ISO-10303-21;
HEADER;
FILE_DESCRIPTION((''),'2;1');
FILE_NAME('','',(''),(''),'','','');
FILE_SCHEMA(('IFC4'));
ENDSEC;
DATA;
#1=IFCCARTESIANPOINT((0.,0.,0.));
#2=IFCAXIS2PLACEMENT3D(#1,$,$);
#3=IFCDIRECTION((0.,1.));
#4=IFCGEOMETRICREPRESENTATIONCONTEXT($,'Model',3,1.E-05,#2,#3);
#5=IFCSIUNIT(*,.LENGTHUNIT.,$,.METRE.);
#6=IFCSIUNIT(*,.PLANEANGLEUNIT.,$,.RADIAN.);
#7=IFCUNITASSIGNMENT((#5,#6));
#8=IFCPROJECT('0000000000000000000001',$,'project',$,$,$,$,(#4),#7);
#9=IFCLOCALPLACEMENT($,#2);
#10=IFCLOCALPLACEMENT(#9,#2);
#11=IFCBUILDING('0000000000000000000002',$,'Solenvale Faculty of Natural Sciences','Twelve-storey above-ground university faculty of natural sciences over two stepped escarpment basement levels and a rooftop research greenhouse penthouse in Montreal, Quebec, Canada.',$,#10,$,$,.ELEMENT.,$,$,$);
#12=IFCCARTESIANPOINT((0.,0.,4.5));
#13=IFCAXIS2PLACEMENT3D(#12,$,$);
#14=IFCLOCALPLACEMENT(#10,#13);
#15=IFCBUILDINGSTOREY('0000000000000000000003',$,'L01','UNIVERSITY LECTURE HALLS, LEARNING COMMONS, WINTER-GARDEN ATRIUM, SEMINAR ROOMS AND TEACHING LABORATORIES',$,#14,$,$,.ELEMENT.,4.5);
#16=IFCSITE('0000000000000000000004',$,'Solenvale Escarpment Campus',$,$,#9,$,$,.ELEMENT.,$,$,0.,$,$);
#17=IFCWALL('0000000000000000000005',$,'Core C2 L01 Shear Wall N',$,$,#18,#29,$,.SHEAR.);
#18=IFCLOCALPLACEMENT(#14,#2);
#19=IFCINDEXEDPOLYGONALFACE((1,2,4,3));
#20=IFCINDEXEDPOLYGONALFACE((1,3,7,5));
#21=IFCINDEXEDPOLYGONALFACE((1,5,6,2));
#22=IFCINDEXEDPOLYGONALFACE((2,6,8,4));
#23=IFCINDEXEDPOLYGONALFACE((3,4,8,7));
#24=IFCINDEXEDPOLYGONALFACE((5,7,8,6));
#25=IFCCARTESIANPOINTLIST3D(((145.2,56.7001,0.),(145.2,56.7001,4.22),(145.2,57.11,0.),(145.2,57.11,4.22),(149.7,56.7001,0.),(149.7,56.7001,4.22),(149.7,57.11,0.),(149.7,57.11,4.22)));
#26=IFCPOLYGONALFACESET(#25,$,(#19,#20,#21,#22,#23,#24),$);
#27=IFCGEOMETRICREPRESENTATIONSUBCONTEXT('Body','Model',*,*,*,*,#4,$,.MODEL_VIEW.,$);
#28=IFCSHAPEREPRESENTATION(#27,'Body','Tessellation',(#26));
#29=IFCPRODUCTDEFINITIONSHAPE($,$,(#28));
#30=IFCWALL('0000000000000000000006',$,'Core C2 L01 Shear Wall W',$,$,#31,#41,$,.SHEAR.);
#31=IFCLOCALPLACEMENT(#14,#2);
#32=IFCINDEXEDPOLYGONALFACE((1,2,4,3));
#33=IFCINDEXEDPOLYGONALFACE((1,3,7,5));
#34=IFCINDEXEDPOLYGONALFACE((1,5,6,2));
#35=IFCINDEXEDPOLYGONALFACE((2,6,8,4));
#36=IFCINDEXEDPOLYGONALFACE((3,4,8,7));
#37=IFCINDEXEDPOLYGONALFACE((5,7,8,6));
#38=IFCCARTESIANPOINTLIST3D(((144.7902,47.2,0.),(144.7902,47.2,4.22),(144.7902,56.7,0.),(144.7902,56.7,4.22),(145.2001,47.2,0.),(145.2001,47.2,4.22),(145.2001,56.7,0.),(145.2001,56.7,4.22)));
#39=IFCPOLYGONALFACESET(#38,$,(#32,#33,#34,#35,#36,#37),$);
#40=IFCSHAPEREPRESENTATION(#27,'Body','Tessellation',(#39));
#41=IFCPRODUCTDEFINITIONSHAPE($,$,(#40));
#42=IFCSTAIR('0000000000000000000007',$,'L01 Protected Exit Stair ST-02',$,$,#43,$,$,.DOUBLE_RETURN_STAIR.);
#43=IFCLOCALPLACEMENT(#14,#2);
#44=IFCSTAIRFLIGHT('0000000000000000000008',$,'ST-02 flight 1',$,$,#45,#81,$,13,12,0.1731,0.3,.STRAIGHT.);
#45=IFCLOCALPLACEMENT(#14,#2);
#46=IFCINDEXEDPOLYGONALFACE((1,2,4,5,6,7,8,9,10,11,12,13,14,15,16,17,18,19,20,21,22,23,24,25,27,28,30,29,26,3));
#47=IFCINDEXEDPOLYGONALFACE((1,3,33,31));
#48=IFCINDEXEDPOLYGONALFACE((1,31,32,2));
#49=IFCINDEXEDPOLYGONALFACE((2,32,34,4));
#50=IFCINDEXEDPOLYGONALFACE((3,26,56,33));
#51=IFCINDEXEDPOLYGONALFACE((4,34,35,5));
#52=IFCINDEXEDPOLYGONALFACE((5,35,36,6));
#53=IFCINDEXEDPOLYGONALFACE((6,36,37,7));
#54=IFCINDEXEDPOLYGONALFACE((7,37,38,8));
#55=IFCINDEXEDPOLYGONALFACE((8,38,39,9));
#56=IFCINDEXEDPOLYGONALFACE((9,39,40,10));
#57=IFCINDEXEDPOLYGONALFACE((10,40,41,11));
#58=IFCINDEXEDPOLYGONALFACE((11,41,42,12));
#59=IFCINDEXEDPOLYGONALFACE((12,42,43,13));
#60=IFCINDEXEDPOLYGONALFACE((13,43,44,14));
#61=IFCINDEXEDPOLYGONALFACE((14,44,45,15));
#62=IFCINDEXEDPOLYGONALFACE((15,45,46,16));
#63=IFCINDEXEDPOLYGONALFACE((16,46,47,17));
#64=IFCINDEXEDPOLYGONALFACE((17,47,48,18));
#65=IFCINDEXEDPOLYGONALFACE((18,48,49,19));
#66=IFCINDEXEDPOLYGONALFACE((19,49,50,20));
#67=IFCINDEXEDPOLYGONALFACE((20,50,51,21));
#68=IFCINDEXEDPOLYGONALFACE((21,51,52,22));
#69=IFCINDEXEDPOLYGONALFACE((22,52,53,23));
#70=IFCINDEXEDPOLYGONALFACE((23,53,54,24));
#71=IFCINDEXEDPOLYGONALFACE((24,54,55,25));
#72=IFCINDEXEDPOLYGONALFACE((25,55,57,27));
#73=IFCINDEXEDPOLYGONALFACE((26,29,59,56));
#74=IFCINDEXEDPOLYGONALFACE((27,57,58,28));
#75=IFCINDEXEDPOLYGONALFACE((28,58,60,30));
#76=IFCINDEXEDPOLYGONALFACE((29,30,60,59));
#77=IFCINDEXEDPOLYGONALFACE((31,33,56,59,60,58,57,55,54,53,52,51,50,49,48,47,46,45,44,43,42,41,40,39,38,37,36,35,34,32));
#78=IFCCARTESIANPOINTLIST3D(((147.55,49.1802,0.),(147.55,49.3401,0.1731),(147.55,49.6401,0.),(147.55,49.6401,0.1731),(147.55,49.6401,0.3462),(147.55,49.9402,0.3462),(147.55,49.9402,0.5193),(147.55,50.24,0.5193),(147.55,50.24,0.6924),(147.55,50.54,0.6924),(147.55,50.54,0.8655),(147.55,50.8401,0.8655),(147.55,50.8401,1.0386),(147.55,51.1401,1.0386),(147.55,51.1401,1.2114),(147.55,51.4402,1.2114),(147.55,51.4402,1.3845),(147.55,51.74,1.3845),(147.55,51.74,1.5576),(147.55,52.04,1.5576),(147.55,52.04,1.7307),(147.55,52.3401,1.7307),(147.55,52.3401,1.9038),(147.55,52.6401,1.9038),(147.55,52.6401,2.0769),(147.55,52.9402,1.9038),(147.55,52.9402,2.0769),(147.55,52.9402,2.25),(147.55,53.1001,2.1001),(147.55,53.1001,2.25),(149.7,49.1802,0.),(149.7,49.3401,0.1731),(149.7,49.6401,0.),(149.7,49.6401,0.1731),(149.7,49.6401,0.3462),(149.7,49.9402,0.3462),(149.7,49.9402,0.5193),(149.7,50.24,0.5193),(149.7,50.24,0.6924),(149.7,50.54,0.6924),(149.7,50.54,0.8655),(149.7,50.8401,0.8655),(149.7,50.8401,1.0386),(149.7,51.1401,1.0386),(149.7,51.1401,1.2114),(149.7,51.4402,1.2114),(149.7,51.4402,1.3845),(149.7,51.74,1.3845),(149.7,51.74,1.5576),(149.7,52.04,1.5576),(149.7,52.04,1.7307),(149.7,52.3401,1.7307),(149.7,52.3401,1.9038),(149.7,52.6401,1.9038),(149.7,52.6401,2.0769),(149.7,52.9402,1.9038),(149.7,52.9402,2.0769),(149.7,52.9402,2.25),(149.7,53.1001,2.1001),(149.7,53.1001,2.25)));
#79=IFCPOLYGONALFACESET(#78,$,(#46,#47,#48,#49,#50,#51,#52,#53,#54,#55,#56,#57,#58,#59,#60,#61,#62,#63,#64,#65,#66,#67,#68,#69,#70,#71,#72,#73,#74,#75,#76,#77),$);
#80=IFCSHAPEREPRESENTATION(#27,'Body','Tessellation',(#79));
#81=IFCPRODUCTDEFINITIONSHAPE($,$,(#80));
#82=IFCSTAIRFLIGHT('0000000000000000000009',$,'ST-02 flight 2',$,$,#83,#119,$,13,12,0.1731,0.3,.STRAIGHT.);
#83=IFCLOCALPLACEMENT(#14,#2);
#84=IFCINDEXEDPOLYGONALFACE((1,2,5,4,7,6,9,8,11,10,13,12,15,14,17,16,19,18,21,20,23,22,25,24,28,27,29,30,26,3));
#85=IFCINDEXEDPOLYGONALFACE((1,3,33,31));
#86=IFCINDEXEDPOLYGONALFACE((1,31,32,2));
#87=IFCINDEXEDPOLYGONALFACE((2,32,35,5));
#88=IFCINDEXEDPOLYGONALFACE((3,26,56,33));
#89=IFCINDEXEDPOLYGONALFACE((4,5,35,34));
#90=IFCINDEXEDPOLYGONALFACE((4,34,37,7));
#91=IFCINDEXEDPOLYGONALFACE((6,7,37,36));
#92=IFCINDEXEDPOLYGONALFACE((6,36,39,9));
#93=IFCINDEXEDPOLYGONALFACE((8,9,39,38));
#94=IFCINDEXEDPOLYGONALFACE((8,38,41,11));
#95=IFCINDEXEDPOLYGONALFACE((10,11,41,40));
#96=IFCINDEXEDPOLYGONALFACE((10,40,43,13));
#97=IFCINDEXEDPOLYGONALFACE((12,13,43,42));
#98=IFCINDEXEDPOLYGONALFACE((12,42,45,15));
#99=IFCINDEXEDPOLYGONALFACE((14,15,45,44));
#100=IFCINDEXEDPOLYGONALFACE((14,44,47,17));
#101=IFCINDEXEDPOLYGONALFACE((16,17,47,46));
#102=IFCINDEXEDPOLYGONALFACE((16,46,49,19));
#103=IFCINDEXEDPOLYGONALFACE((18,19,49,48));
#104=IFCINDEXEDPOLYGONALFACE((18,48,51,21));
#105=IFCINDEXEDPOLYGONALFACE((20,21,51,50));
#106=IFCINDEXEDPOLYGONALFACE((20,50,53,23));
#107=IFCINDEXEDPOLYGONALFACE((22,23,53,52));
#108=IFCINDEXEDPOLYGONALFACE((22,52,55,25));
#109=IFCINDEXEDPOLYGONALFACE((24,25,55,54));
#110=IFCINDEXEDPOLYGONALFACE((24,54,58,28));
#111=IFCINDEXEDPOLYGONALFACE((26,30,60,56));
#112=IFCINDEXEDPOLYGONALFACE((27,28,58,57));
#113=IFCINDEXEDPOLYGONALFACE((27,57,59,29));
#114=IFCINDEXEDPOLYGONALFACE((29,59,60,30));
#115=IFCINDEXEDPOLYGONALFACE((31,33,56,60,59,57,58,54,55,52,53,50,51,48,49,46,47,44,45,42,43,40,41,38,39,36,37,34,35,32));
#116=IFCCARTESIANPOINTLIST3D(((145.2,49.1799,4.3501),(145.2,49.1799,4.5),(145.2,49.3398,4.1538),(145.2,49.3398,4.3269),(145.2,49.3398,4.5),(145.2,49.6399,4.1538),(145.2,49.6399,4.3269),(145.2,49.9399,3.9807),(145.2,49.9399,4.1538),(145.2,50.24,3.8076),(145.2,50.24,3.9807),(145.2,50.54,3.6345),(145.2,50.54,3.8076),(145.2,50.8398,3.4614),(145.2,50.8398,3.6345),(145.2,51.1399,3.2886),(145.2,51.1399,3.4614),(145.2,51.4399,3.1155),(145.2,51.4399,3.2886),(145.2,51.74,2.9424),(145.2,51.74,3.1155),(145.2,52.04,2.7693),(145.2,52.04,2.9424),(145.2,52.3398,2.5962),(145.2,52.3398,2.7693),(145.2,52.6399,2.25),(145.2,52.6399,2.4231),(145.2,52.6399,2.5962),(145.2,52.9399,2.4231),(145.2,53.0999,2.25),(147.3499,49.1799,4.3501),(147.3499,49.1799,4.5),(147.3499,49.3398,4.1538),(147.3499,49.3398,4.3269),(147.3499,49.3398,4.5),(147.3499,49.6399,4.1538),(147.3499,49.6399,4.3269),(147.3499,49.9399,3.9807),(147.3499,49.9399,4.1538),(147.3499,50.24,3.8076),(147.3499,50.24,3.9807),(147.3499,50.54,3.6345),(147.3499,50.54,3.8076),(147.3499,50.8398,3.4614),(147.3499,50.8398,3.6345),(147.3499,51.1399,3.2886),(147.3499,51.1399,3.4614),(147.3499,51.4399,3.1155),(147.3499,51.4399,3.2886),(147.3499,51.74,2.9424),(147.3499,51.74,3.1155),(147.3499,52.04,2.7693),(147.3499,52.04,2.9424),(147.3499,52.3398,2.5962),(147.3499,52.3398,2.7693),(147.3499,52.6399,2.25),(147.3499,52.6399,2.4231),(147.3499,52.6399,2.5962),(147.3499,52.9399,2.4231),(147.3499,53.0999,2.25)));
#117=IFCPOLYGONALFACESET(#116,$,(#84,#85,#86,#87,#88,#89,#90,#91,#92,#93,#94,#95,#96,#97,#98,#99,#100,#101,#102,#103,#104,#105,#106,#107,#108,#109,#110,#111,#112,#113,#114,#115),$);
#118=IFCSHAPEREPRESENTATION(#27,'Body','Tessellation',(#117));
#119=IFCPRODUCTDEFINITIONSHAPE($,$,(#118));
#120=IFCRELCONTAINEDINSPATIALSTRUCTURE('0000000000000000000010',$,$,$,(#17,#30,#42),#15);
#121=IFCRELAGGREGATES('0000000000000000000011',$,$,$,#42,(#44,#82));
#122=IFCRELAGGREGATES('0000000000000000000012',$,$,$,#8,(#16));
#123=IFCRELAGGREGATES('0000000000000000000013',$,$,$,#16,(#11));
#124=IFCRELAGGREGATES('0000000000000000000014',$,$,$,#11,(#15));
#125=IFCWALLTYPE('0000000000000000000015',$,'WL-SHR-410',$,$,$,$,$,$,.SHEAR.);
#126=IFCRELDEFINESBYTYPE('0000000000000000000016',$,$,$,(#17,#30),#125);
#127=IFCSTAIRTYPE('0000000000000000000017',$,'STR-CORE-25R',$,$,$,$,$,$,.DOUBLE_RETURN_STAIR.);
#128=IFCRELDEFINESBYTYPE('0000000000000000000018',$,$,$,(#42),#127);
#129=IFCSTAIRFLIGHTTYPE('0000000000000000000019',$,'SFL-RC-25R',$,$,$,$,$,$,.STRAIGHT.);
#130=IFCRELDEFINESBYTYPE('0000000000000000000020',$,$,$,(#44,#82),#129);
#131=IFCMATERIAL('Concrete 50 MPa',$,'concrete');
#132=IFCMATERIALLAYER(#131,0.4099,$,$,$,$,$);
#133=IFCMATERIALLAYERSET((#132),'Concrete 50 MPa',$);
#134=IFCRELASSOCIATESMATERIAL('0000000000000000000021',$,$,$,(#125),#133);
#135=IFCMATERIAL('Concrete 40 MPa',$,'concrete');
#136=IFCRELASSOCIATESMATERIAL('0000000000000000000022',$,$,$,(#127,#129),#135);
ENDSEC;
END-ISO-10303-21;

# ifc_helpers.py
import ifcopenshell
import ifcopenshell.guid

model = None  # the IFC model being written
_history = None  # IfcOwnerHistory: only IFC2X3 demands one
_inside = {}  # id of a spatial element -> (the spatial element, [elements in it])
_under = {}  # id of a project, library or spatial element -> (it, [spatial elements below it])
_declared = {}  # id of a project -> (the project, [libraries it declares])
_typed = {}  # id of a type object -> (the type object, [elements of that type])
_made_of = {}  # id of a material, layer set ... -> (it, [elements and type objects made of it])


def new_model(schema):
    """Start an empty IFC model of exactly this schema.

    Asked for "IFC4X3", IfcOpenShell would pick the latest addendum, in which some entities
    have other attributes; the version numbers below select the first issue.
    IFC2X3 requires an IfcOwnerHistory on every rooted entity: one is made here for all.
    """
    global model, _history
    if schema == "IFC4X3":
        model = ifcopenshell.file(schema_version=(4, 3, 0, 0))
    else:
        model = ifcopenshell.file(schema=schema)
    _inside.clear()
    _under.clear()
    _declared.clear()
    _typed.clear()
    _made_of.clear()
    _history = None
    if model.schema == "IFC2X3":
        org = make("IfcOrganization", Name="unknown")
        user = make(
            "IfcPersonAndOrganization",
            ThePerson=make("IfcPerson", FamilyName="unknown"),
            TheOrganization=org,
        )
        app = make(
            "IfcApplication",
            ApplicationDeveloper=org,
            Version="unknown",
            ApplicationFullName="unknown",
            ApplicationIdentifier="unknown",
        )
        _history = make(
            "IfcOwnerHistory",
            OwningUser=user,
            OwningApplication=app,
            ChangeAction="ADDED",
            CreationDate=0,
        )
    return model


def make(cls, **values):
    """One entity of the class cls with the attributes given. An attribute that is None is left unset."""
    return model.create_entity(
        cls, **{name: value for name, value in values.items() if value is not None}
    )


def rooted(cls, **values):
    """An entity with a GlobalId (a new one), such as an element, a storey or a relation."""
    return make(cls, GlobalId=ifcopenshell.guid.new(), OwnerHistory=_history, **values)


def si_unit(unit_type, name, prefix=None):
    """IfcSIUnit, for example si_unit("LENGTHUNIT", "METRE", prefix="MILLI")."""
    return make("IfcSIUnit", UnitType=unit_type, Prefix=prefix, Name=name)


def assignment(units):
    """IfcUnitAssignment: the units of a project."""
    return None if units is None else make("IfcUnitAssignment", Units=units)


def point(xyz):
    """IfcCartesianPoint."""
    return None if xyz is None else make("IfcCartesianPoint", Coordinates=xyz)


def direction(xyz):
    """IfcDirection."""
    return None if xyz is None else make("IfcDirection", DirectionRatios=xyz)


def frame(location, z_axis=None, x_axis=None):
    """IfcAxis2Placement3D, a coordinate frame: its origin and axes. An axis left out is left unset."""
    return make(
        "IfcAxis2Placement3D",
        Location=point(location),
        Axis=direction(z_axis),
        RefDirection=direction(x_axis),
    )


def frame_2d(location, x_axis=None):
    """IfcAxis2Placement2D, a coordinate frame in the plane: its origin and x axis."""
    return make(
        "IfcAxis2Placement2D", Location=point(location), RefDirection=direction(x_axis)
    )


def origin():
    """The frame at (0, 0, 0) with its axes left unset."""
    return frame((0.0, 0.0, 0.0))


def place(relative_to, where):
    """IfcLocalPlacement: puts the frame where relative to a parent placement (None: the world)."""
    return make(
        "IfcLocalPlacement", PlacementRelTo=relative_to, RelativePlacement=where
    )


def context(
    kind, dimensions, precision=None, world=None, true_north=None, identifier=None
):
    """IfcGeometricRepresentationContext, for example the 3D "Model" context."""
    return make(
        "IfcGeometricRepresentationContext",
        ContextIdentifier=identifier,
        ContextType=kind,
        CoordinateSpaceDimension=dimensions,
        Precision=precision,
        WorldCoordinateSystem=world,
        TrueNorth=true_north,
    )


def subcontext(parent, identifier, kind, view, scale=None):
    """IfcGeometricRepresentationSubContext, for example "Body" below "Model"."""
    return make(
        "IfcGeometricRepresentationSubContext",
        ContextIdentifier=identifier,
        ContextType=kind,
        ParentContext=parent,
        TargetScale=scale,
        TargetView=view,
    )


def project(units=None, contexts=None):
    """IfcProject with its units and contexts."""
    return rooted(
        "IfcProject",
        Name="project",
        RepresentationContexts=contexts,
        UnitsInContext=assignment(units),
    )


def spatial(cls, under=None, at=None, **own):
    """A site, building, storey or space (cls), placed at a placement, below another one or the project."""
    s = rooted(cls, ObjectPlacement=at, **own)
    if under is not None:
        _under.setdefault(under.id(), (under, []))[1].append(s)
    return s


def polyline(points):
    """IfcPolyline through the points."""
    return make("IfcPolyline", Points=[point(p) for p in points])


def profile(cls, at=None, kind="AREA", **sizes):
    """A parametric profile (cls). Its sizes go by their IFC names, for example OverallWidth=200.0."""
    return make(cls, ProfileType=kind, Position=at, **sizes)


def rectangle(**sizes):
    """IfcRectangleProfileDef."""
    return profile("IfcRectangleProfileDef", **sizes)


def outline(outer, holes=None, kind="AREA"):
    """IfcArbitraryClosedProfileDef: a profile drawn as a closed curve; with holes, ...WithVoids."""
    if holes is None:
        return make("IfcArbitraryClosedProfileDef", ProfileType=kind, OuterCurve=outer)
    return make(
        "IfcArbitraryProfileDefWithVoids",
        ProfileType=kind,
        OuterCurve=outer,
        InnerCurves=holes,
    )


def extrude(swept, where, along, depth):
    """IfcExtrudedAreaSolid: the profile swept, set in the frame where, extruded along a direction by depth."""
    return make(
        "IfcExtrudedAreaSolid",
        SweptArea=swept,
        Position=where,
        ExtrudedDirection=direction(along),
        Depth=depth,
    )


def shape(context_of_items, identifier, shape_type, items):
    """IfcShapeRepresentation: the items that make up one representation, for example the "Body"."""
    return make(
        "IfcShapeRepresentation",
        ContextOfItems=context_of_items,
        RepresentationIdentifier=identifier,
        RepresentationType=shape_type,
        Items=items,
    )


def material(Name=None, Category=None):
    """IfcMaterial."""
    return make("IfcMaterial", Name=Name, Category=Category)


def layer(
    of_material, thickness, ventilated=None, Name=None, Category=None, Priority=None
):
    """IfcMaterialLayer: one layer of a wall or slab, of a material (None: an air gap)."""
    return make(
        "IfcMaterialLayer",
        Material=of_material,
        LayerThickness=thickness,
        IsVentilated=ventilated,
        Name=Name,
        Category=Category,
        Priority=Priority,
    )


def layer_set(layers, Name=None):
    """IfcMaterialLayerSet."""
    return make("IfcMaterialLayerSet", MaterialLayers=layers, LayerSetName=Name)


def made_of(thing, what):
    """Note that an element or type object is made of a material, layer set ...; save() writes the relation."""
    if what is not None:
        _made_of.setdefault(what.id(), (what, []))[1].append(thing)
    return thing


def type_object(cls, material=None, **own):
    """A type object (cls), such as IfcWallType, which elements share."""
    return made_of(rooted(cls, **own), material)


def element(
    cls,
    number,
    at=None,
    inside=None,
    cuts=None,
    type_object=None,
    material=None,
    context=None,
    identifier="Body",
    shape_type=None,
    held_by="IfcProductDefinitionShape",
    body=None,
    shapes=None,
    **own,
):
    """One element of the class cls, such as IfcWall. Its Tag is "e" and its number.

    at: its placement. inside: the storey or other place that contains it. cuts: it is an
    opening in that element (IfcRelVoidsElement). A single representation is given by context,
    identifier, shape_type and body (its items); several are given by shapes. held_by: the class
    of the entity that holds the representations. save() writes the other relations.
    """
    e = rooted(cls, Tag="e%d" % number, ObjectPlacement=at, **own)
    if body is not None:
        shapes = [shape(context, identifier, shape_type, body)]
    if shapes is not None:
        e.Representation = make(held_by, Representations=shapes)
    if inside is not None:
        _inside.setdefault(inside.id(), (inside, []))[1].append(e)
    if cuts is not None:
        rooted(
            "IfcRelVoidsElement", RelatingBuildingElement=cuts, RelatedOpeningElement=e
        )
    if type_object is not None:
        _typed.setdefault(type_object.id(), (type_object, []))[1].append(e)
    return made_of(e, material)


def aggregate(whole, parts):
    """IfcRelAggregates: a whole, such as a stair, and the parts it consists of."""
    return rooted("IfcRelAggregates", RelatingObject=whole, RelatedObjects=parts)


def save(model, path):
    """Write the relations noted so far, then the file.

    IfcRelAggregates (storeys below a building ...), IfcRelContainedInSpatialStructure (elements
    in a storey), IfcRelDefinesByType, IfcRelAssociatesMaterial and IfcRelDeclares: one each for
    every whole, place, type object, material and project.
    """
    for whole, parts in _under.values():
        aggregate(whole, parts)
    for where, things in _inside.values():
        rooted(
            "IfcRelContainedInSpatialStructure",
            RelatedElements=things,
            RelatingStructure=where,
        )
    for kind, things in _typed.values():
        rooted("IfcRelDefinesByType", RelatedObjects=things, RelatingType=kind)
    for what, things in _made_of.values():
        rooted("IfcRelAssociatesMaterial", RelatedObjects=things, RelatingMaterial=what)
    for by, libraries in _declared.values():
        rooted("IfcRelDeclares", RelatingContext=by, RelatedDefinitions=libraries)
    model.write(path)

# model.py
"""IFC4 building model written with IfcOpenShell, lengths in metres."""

from ifc_helpers import new_model, si_unit, direction, frame, frame_2d, origin, place, context, subcontext, project, spatial, polyline, rectangle, outline, extrude, material, layer, layer_set, type_object, element, aggregate, save


model = new_model("IFC4")

# Units and contexts
model_context = context("Model", 3, precision=1e-05, world=origin(), true_north=direction((0.0, 1.0)))
body_context = subcontext(model_context, "Body", "Model", "MODEL_VIEW")
ifc_project = project(units=[si_unit("LENGTHUNIT", "METRE"), si_unit("PLANEANGLEUNIT", "RADIAN")], contexts=[model_context])

# Site, building, storey
site_placement = place(None, origin())
site = spatial("IfcSite", under=ifc_project, at=site_placement, Name="Solenvale Escarpment Campus", CompositionType="ELEMENT", RefElevation=0.0)
building_placement = place(site_placement, origin())
building = spatial("IfcBuilding", under=site, at=building_placement, Name="Solenvale Faculty of Natural Sciences", Description="Twelve-storey above-ground university faculty of natural sciences over two stepped escarpment basement levels and a rooftop research greenhouse penthouse in Montreal, Quebec, Canada.", CompositionType="ELEMENT")
storey_placement = place(building_placement, frame((0.0, 0.0, 4.5)))
storey = spatial("IfcBuildingStorey", under=building, at=storey_placement, Name="L01", Description="UNIVERSITY LECTURE HALLS, LEARNING COMMONS, WINTER-GARDEN ATRIUM, SEMINAR ROOMS AND TEACHING LABORATORIES", CompositionType="ELEMENT", Elevation=4.5)

# Shared definitions
ifc_material_1 = material(Name="Concrete 50 MPa", Category="concrete")

# Shared definitions
ifc_material_2 = material(Name="Concrete 40 MPa", Category="concrete")

# Walls
ifc_layer_1 = layer(ifc_material_1, 0.4099)
ifc_layer_set_1 = layer_set([ifc_layer_1], Name="Concrete 50 MPa")
wall_type_1 = type_object("IfcWallType", Name="WL-SHR-410", PredefinedType="SHEAR", material=ifc_layer_set_1)
wall_1_placement = place(storey_placement, frame((145.2, 56.905, 0.0), z_axis=(0.0, 0.0, 1.0), x_axis=(1.0, 0.0, 0.0)))
element("IfcWall", 1, at=wall_1_placement, inside=storey, type_object=wall_type_1, Name="Core C2 L01 Shear Wall N", PredefinedType="SHEAR", context=body_context, shape_type="SweptSolid", body=[
    extrude(rectangle(XDim=4.5, YDim=0.4099, at=frame_2d((2.25, 0.0))), origin(), (0.0, 0.0, 1.0), 4.22),
])
wall_2_placement = place(storey_placement, frame((144.9951, 47.2, 0.0), z_axis=(0.0, 0.0, 1.0), x_axis=(0.0, 1.0, 0.0)))
element("IfcWall", 2, at=wall_2_placement, inside=storey, type_object=wall_type_1, Name="Core C2 L01 Shear Wall W", PredefinedType="SHEAR", context=body_context, shape_type="SweptSolid", body=[
    extrude(rectangle(XDim=9.5, YDim=0.4099, at=frame_2d((4.75, 0.0))), origin(), (0.0, 0.0, 1.0), 4.22),
])

# Stair, stair flights
stair_type = type_object("IfcStairType", Name="STR-CORE-25R", PredefinedType="DOUBLE_RETURN_STAIR", material=ifc_material_2)
stair_placement = place(storey_placement, origin())
stair = element("IfcStair", 3, at=stair_placement, inside=storey, type_object=stair_type, Name="L01 Protected Exit Stair ST-02", PredefinedType="DOUBLE_RETURN_STAIR")
stair_flight_type = type_object("IfcStairFlightType", Name="SFL-RC-25R", PredefinedType="STRAIGHT", material=ifc_material_2)
stair_flight_1_placement = place(storey_placement, frame((148.625, 49.3401, 0.0), z_axis=(0.0, 0.0, 1.0), x_axis=(0.0, 1.0, 0.0)))
stair_flight_1 = element("IfcStairFlight", 4, at=stair_flight_1_placement, type_object=stair_flight_type, Name="ST-02 flight 1", NumberOfRisers=13, NumberOfTreads=12, PredefinedType="STRAIGHT", RiserHeight=0.1731, TreadLength=0.3, context=body_context, shape_type="SweptSolid", body=[
    extrude(outline(polyline([(-0.1599, 0.0), (0.0, 0.1731), (0.3, 0.1731), (0.3, 0.3462), (0.6001, 0.3462), (0.6001, 0.5193), (0.8999, 0.5193), (0.8999, 0.6924), (1.2, 0.6924), (1.2, 0.8655), (1.5, 0.8655), (1.5, 1.0386), (1.8, 1.0386), (1.8, 1.2114), (2.1001, 1.2114), (2.1001, 1.3845), (2.3999, 1.3845), (2.3999, 1.5576), (2.7, 1.5576), (2.7, 1.7307), (3.0, 1.7307), (3.0, 1.9038), (3.3, 1.9038), (3.3, 2.0769), (3.6001, 2.0769), (3.6001, 2.25), (3.76, 2.25), (3.76, 2.1001), (3.6001, 1.9038), (0.3, 0.0), (-0.1599, 0.0)])), frame((0.0, 1.075, 0.0), z_axis=(0.0, -1.0, 0.0), x_axis=(1.0, 0.0, 0.0)), (0.0, 0.0, 1.0), 2.1499),
])
stair_flight_2_placement = place(storey_placement, frame((146.2749, 52.9399, 2.25), z_axis=(0.0, 0.0, 1.0), x_axis=(0.0, -1.0, 0.0)))
stair_flight_2 = element("IfcStairFlight", 5, at=stair_flight_2_placement, type_object=stair_flight_type, Name="ST-02 flight 2", NumberOfRisers=13, NumberOfTreads=12, PredefinedType="STRAIGHT", RiserHeight=0.1731, TreadLength=0.3, context=body_context, shape_type="SweptSolid", body=[
    extrude(outline(polyline([(-0.1599, 0.0), (0.0, 0.1731), (0.3, 0.1731), (0.3, 0.3462), (0.6001, 0.3462), (0.6001, 0.5193), (0.8999, 0.5193), (0.8999, 0.6924), (1.2, 0.6924), (1.2, 0.8655), (1.5, 0.8655), (1.5, 1.0386), (1.8, 1.0386), (1.8, 1.2114), (2.1001, 1.2114), (2.1001, 1.3845), (2.3999, 1.3845), (2.3999, 1.5576), (2.7, 1.5576), (2.7, 1.7307), (3.0, 1.7307), (3.0, 1.9038), (3.3, 1.9038), (3.3, 2.0769), (3.6001, 2.0769), (3.6001, 2.25), (3.76, 2.25), (3.76, 2.1001), (3.6001, 1.9038), (0.3, 0.0), (-0.1599, 0.0)])), frame((0.0, 1.075, 0.0), z_axis=(0.0, -1.0, 0.0), x_axis=(1.0, 0.0, 0.0)), (0.0, 0.0, 1.0), 2.1499),
])
aggregate(stair, [stair_flight_1, stair_flight_2])

save(model, "model.ifc")
